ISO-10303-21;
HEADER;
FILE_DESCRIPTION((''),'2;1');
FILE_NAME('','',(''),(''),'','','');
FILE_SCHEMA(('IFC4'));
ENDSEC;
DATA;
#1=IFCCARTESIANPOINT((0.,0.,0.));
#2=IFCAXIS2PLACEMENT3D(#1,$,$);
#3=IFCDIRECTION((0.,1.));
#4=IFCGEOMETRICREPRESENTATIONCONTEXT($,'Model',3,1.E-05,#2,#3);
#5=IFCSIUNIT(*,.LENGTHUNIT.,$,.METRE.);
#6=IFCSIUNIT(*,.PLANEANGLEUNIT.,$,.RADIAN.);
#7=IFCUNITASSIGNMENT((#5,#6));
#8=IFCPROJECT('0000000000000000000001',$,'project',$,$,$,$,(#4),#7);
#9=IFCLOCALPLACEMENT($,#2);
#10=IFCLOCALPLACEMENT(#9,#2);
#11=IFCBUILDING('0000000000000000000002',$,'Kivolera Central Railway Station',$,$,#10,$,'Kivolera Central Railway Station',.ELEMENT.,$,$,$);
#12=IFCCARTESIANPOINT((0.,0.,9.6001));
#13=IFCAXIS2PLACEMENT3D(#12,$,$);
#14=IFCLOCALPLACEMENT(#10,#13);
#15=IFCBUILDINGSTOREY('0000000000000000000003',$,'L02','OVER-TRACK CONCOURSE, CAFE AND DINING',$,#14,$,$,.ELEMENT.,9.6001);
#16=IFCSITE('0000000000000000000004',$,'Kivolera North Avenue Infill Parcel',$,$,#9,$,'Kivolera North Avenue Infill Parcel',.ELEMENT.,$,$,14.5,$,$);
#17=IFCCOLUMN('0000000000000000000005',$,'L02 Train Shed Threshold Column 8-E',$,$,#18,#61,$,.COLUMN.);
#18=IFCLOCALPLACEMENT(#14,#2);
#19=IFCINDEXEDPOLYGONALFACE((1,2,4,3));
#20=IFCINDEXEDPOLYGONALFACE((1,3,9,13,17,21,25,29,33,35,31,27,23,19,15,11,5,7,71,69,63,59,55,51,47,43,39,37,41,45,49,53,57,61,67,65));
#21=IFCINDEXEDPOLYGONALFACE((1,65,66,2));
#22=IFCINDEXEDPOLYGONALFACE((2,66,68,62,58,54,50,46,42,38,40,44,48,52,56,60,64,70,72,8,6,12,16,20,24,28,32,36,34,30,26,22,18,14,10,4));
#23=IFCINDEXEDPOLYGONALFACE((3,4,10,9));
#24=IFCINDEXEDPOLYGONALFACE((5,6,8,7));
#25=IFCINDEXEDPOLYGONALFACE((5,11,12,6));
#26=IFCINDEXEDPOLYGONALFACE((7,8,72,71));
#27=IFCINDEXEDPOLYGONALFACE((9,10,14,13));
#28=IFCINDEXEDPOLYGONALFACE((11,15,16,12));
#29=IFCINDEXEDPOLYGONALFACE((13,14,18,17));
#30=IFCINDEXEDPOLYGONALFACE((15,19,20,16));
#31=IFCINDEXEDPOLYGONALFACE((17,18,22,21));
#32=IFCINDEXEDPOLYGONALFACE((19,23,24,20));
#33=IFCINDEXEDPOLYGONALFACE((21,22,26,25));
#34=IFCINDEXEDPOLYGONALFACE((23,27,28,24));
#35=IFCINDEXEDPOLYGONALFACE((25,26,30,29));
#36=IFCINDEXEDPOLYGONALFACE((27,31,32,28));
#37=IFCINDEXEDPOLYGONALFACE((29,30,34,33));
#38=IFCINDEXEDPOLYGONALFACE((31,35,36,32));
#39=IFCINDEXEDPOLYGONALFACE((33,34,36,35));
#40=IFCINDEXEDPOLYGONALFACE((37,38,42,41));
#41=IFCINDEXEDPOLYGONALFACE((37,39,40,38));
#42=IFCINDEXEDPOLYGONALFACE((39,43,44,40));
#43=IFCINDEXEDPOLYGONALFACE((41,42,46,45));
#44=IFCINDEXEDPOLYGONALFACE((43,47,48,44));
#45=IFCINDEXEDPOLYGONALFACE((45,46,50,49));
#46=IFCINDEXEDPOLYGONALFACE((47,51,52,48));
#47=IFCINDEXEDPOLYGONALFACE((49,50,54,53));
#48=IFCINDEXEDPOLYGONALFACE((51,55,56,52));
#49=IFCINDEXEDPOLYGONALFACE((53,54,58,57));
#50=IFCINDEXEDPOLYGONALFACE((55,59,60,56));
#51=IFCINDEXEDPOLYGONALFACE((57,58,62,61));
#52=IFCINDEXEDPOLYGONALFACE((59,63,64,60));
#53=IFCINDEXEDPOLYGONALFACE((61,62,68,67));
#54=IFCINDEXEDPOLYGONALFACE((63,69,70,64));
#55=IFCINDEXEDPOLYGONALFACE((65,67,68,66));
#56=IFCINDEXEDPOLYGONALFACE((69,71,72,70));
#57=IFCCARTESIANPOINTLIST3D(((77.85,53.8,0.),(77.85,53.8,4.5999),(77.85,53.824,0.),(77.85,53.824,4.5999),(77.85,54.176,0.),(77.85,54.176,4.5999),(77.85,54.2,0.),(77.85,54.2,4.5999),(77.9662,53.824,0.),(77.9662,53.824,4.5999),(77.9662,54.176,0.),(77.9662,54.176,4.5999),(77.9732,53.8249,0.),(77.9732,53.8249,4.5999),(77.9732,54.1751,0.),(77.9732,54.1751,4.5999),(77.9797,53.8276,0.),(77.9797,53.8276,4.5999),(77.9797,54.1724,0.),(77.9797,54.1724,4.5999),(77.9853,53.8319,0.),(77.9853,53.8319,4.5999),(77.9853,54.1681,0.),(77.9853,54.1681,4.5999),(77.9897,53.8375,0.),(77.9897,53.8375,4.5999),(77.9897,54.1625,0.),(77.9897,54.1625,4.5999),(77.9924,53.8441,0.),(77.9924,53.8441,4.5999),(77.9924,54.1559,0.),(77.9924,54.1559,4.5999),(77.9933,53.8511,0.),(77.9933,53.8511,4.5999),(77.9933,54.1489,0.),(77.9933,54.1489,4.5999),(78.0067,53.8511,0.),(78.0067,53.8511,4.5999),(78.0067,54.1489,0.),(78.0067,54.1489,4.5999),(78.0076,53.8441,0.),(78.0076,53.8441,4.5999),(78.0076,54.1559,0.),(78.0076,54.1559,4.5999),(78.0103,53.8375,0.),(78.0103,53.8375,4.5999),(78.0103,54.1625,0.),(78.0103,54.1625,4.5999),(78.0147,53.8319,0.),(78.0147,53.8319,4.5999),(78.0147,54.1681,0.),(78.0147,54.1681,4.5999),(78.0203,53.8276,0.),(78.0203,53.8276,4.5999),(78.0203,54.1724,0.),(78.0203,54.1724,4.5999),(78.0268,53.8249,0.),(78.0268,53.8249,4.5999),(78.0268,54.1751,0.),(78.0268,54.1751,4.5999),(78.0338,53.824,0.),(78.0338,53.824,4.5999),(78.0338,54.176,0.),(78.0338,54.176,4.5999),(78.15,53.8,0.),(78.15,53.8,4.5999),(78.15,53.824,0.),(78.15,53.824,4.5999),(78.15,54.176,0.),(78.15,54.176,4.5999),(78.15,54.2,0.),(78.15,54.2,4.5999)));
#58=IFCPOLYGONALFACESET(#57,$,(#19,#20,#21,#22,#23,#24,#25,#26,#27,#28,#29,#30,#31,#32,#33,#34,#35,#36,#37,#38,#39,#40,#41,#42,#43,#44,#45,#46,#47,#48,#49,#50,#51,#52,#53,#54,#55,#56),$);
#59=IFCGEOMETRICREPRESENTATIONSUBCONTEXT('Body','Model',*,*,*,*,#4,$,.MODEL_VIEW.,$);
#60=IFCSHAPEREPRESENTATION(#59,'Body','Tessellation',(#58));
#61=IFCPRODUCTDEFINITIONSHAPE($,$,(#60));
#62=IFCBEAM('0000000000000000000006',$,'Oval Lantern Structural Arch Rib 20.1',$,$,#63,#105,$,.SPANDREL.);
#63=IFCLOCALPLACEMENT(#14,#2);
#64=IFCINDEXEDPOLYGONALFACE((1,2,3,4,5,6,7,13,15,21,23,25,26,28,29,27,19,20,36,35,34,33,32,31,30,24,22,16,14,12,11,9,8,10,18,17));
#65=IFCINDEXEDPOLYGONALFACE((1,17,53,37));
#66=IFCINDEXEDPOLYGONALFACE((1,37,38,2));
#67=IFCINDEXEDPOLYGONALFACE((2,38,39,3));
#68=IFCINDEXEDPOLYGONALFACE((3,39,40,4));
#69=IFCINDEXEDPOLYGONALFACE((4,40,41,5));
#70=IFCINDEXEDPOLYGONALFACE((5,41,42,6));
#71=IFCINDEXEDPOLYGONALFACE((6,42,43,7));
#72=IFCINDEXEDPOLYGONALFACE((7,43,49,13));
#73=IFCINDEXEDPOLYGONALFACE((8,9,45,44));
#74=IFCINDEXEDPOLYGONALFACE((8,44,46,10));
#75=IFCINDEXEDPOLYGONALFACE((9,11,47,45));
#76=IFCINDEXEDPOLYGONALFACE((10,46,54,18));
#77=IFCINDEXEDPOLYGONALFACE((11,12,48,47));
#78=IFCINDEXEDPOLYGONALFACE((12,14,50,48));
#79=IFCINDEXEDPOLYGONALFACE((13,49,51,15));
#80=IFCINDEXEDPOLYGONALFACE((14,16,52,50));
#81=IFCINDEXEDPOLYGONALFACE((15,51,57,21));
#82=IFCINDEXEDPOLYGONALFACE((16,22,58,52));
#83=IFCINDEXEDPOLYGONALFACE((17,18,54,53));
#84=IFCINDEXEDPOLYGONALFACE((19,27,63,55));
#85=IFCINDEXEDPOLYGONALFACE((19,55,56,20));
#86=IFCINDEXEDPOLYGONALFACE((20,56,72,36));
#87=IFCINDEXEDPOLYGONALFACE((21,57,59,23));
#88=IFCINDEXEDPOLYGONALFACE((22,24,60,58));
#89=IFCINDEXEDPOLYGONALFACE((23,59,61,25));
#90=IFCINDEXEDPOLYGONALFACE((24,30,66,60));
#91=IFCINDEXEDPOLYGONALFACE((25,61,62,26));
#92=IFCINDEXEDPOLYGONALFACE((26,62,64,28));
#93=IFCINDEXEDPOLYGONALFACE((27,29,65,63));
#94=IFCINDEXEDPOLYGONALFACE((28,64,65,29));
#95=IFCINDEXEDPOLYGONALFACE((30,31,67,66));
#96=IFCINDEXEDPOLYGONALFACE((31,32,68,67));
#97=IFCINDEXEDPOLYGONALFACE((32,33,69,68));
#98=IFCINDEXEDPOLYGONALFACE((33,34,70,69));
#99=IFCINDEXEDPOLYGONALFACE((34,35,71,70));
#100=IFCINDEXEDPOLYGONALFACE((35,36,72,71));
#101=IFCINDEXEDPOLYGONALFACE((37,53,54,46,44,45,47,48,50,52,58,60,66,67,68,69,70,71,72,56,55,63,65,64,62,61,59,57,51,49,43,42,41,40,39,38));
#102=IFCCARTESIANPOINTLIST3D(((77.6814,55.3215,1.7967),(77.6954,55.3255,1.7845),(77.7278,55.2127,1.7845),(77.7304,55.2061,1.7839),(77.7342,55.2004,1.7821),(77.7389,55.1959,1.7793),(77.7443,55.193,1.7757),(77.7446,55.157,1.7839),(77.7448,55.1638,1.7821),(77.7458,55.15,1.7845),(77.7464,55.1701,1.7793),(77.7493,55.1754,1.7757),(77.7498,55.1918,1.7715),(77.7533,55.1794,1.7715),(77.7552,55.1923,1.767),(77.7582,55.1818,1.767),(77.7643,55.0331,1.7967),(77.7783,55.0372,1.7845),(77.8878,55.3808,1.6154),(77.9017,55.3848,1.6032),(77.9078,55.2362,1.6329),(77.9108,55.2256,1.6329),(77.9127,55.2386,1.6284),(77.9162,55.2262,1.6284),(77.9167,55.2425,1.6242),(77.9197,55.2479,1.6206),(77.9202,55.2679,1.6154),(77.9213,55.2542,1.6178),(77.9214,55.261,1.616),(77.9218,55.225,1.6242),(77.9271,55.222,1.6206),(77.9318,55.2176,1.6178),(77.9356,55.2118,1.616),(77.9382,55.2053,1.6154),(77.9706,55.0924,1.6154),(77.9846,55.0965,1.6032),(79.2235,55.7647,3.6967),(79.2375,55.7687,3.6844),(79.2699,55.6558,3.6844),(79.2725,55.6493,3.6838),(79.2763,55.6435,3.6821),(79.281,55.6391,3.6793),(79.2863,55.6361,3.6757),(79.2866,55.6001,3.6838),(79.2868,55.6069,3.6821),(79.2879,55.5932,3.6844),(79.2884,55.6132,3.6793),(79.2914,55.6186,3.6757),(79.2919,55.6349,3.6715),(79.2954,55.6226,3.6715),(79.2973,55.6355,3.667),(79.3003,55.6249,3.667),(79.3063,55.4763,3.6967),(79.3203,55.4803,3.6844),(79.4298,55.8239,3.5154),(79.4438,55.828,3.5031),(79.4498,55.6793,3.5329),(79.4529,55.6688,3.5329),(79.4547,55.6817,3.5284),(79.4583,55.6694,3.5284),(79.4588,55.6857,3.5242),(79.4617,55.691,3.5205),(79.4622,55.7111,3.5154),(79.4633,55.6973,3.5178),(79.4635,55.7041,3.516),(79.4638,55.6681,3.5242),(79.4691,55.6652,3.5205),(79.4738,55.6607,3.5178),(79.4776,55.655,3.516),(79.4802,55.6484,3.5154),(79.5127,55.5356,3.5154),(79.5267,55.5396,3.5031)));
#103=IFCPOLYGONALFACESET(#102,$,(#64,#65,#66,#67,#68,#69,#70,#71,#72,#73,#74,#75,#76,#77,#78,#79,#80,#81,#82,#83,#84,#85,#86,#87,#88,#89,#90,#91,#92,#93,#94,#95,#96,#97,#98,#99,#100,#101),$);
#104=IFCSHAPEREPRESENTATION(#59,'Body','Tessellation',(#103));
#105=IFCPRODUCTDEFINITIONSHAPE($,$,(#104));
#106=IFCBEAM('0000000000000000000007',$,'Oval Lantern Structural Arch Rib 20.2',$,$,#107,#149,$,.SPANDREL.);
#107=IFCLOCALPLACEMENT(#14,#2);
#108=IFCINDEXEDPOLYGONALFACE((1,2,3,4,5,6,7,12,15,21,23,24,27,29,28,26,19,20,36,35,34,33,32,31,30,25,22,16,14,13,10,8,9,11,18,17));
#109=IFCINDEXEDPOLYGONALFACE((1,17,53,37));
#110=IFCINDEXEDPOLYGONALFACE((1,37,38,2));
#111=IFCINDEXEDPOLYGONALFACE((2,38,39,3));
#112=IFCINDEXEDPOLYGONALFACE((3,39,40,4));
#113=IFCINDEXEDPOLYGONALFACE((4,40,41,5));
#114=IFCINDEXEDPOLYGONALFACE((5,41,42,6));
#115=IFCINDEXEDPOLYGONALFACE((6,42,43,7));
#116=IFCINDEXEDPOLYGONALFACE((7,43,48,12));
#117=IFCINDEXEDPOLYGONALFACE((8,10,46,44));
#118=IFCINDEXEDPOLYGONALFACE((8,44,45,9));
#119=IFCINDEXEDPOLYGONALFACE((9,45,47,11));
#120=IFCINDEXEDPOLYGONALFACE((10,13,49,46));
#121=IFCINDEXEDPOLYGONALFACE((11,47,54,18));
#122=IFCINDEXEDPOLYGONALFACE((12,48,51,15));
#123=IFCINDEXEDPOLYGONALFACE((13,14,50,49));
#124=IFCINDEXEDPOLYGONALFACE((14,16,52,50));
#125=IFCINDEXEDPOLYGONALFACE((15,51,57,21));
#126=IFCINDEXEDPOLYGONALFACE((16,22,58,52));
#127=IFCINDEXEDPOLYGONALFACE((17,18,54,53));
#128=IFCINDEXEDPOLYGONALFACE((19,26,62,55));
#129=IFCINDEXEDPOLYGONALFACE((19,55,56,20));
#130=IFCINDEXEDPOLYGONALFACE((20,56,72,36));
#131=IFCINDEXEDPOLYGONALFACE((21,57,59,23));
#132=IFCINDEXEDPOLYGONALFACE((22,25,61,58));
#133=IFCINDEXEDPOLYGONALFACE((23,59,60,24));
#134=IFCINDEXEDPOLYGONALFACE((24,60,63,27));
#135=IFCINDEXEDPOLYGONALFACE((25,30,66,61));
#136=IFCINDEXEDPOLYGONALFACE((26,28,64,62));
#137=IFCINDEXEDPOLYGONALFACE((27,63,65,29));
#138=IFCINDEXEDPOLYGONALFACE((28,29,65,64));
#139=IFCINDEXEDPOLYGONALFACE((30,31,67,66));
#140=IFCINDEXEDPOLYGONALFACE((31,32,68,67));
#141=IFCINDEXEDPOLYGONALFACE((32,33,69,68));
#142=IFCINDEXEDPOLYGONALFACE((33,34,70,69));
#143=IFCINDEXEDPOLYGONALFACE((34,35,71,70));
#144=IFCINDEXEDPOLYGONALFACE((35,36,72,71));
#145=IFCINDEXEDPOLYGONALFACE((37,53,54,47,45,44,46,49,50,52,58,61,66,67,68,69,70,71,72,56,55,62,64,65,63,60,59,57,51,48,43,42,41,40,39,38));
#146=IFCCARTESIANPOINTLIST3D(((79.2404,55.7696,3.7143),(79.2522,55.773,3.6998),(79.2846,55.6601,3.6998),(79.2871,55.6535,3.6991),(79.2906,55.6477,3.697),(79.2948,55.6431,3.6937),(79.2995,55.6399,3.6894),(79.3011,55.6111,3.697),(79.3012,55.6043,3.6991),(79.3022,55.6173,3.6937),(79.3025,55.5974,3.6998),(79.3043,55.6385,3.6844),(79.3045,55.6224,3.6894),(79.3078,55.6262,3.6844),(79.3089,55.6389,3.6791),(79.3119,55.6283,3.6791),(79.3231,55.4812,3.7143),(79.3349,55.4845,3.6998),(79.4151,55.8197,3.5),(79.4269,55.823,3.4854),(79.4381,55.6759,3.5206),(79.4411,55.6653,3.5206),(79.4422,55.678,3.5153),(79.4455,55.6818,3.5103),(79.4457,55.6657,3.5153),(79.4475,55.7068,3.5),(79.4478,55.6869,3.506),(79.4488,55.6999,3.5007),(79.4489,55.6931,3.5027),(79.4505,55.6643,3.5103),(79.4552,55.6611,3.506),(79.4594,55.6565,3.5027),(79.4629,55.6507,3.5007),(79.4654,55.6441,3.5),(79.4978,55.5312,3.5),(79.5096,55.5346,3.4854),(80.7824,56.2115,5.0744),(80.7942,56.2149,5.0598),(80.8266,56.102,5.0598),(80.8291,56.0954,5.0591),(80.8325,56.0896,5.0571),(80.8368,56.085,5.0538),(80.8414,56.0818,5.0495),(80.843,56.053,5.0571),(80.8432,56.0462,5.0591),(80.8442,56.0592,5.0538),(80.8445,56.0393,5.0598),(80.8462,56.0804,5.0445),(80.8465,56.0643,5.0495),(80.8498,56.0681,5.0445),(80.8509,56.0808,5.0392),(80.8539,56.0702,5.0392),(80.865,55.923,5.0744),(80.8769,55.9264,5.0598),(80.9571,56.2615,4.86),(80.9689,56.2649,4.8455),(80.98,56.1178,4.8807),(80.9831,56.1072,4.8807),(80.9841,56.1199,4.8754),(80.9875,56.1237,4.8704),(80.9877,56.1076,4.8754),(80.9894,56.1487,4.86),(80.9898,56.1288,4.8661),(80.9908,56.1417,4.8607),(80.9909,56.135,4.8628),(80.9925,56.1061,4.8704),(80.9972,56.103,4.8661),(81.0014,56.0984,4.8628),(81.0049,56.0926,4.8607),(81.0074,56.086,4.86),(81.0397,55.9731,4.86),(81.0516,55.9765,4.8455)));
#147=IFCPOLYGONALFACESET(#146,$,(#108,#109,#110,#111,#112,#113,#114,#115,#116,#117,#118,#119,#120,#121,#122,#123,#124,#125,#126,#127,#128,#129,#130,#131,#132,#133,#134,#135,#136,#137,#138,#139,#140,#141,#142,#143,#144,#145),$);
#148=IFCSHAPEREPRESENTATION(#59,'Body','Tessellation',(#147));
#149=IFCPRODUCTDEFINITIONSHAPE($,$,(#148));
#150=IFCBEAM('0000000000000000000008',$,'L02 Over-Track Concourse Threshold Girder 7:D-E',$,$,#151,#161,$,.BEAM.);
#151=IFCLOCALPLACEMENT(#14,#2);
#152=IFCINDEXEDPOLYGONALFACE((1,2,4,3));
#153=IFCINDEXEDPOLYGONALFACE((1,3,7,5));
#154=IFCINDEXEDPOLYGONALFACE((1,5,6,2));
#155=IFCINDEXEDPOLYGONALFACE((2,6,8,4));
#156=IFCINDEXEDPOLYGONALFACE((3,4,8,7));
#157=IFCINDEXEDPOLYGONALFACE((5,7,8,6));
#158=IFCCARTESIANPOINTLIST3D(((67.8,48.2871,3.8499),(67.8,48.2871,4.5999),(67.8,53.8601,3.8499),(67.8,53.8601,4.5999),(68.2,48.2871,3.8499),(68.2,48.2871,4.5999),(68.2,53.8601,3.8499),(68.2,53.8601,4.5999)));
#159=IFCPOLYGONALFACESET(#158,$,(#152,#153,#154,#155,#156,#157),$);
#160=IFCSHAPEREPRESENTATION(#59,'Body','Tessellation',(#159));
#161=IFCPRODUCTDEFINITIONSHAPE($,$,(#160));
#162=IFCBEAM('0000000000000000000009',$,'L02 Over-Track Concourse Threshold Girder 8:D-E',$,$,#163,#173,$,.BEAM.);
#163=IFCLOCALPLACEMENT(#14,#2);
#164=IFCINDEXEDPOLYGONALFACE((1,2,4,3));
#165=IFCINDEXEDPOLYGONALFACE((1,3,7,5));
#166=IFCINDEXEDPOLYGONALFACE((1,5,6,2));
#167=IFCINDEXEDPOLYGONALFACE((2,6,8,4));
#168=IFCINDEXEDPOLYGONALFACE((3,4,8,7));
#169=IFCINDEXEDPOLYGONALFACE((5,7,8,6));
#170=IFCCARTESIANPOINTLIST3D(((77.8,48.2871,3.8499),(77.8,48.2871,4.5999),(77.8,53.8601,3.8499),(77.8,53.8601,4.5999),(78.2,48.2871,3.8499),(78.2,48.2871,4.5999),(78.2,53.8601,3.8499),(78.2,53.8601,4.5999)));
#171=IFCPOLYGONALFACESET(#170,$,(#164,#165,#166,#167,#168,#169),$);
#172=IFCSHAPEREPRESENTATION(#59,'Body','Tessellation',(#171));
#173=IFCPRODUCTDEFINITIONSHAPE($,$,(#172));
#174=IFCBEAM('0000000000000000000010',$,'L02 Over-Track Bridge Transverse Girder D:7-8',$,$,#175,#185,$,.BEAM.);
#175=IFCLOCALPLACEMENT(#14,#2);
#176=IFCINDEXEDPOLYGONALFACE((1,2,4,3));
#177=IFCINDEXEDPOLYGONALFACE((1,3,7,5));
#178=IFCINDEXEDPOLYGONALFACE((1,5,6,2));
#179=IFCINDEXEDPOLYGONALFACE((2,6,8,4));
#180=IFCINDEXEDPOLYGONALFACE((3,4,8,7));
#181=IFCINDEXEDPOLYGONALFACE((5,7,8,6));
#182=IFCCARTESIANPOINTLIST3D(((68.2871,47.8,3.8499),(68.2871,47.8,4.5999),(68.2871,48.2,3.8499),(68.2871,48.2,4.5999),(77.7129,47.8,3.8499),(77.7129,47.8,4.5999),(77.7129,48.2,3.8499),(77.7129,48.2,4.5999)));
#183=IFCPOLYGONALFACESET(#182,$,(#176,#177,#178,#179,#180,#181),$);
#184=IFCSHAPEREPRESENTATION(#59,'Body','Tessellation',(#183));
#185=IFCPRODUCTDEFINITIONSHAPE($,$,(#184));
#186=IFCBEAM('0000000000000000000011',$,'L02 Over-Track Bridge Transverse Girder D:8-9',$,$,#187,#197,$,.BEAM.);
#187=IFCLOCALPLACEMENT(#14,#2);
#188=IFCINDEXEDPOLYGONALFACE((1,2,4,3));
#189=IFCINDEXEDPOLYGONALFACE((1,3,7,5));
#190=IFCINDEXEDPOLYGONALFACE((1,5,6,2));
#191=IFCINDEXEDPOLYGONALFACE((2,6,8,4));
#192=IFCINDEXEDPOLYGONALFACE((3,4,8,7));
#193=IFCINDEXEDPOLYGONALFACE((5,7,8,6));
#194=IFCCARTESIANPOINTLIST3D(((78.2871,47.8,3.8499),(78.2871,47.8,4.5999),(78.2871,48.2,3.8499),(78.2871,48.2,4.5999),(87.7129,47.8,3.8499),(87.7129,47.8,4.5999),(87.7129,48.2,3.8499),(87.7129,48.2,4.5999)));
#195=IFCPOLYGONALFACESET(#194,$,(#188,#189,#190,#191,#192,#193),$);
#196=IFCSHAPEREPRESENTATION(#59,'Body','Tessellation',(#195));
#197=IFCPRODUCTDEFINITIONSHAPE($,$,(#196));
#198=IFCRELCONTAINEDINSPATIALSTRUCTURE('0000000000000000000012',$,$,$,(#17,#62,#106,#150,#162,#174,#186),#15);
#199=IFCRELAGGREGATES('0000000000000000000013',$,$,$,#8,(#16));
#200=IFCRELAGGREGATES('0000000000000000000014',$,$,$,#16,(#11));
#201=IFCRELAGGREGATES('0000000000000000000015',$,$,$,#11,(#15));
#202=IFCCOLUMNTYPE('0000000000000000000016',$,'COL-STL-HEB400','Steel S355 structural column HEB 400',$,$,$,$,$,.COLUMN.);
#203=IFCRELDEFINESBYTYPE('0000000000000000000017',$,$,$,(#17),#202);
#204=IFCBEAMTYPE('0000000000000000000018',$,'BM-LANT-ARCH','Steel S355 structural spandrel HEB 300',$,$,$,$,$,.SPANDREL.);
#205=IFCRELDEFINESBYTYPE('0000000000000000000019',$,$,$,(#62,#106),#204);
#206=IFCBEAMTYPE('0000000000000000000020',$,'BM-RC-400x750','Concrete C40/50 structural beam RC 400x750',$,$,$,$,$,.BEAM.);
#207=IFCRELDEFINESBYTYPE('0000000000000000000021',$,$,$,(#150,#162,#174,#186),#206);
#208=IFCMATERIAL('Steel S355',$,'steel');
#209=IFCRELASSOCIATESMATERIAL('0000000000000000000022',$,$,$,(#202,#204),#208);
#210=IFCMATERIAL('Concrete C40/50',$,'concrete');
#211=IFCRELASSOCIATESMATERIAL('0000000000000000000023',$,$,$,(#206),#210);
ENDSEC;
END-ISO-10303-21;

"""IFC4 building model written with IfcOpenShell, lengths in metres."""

from ifc_helpers import new_model, si_unit, direction, frame, origin, origin_2d, place, context, subcontext, project, spatial, rectangle, i_section, extrude, material, material_profile, profile_set, type_object, element, save


model = new_model("IFC4")

# Units and contexts
model_context = context("Model", 3, precision=1e-05, world=origin(), true_north=direction((0.0, 1.0)))
body_context = subcontext(model_context, "Body", "Model", "MODEL_VIEW")
ifc_project = project(units=[si_unit("LENGTHUNIT", "METRE"), si_unit("PLANEANGLEUNIT", "RADIAN")], contexts=[model_context])

# Site, building, storey
site_placement = place(None, origin())
site = spatial("IfcSite", under=ifc_project, at=site_placement, Name="Kivolera North Avenue Infill Parcel", LongName="Kivolera North Avenue Infill Parcel", CompositionType="ELEMENT", RefElevation=14.5)
building_placement = place(site_placement, origin())
building = spatial("IfcBuilding", under=site, at=building_placement, Name="Kivolera Central Railway Station", LongName="Kivolera Central Railway Station", CompositionType="ELEMENT")
storey_placement = place(building_placement, frame((0.0, 0.0, 9.6001)))
storey = spatial("IfcBuildingStorey", under=building, at=storey_placement, Name="L02", Description="OVER-TRACK CONCOURSE, CAFE AND DINING", CompositionType="ELEMENT", Elevation=9.6001)

# Column
ifc_material_1 = material(Name="Concrete C40/50", Category="concrete")
ifc_material_2 = material(Name="Steel S355", Category="steel")
ifc_material_profile_1 = material_profile(ifc_material_2, i_section(OverallWidth=0.3, OverallDepth=0.3999, WebThickness=0.0134, FlangeThickness=0.0239, FilletRadius=0.0271, at=origin_2d()), Name="HEB 400")
ifc_profile_set_1 = profile_set([ifc_material_profile_1], Name="Steel S355")
column_type_1 = type_object("IfcColumnType", Name="COL-STL-HEB400", Description="Steel S355 structural column HEB 400", PredefinedType="COLUMN", material=ifc_profile_set_1)
for number, where, z_axis, x_axis, name in (
    (1, (78.0, 54.0, 0.0), (0.0, 0.0, 1.0), (1.0, 0.0, 0.0), "L02 Train Shed Threshold Column 8-E"),
):
    element("IfcColumn", number, at=place(storey_placement, frame(where, z_axis=z_axis, x_axis=x_axis)), inside=storey, type_object=column_type_1, Name=name, PredefinedType="COLUMN", context=body_context, shape_type="SweptSolid", body=[
        extrude(i_section(OverallWidth=0.3, OverallDepth=0.3999, WebThickness=0.0134, FlangeThickness=0.0239, FilletRadius=0.0271, at=origin_2d()), origin(), (0.0, 0.0, 1.0), 4.5999),
    ])

# Beams
ifc_material_profile_2 = material_profile(ifc_material_2, i_section(OverallWidth=0.3, OverallDepth=0.3, WebThickness=0.011, FlangeThickness=0.019, FilletRadius=0.0271, at=origin_2d()), Name="HEB 300")
ifc_profile_set_2 = profile_set([ifc_material_profile_2], Name="Steel S355")
beam_type_1 = type_object("IfcBeamType", Name="BM-LANT-ARCH", Description="Steel S355 structural spandrel HEB 300", PredefinedType="SPANDREL", material=ifc_profile_set_2)
beam_1_placement = place(storey_placement, frame((77.833, 55.209, 1.7), z_axis=(0.620094, 0.178193, 0.764023), x_axis=(-0.276188, 0.961104, 0.0)))
element("IfcBeam", 2, at=beam_1_placement, inside=storey, type_object=beam_type_1, Name="Oval Lantern Structural Arch Rib 20.1", PredefinedType="SPANDREL", context=body_context, shape_type="SweptSolid", body=[
    extrude(i_section(OverallWidth=0.3, OverallDepth=0.3, WebThickness=0.011, FlangeThickness=0.019, FilletRadius=0.0271, at=origin_2d()), origin(), (0.0, 0.0, 1.0), 2.4868),
])
beam_2_placement = place(storey_placement, frame((79.375, 55.6521, 3.5999), z_axis=(0.73321, 0.210119, 0.646725), x_axis=(-0.275485, 0.961305, 0.0)))
element("IfcBeam", 3, at=beam_2_placement, inside=storey, type_object=beam_type_1, Name="Oval Lantern Structural Arch Rib 20.2", PredefinedType="SPANDREL", context=body_context, shape_type="SweptSolid", body=[
    extrude(i_section(OverallWidth=0.3, OverallDepth=0.3, WebThickness=0.011, FlangeThickness=0.019, FilletRadius=0.0271, at=origin_2d()), origin(), (0.0, 0.0, 1.0), 2.103),
])
ifc_material_profile_3 = material_profile(ifc_material_1, rectangle(XDim=0.3999, YDim=0.75, at=origin_2d()), Name="RC 400x750")
ifc_profile_set_3 = profile_set([ifc_material_profile_3], Name="Concrete C40/50")
beam_type_2 = type_object("IfcBeamType", Name="BM-RC-400x750", Description="Concrete C40/50 structural beam RC 400x750", PredefinedType="BEAM", material=ifc_profile_set_3)
for number, where, z_axis, x_axis, name in (
    (4, (68.0, 48.2871, 4.2249), (0.0, 1.0, 0.0), (-1.0, 0.0, 0.0), "L02 Over-Track Concourse Threshold Girder 7:D-E"),
    (5, (78.0, 48.2871, 4.2249), (0.0, 1.0, 0.0), (-1.0, 0.0, 0.0), "L02 Over-Track Concourse Threshold Girder 8:D-E"),
):
    element("IfcBeam", number, at=place(storey_placement, frame(where, z_axis=z_axis, x_axis=x_axis)), inside=storey, type_object=beam_type_2, Name=name, PredefinedType="BEAM", context=body_context, shape_type="SweptSolid", body=[
        extrude(rectangle(XDim=0.3999, YDim=0.75, at=origin_2d()), origin(), (0.0, 0.0, 1.0), 5.573),
    ])
for number, where, z_axis, x_axis, name in (
    (6, (68.2871, 48.0, 4.2249), (1.0, 0.0, 0.0), (0.0, 1.0, 0.0), "L02 Over-Track Bridge Transverse Girder D:7-8"),
    (7, (78.2871, 48.0, 4.2249), (1.0, 0.0, 0.0), (0.0, 1.0, 0.0), "L02 Over-Track Bridge Transverse Girder D:8-9"),
):
    element("IfcBeam", number, at=place(storey_placement, frame(where, z_axis=z_axis, x_axis=x_axis)), inside=storey, type_object=beam_type_2, Name=name, PredefinedType="BEAM", context=body_context, shape_type="SweptSolid", body=[
        extrude(rectangle(XDim=0.3999, YDim=0.75, at=origin_2d()), origin(), (0.0, 0.0, 1.0), 9.4258),
    ])

save(model, "model.ifc")
